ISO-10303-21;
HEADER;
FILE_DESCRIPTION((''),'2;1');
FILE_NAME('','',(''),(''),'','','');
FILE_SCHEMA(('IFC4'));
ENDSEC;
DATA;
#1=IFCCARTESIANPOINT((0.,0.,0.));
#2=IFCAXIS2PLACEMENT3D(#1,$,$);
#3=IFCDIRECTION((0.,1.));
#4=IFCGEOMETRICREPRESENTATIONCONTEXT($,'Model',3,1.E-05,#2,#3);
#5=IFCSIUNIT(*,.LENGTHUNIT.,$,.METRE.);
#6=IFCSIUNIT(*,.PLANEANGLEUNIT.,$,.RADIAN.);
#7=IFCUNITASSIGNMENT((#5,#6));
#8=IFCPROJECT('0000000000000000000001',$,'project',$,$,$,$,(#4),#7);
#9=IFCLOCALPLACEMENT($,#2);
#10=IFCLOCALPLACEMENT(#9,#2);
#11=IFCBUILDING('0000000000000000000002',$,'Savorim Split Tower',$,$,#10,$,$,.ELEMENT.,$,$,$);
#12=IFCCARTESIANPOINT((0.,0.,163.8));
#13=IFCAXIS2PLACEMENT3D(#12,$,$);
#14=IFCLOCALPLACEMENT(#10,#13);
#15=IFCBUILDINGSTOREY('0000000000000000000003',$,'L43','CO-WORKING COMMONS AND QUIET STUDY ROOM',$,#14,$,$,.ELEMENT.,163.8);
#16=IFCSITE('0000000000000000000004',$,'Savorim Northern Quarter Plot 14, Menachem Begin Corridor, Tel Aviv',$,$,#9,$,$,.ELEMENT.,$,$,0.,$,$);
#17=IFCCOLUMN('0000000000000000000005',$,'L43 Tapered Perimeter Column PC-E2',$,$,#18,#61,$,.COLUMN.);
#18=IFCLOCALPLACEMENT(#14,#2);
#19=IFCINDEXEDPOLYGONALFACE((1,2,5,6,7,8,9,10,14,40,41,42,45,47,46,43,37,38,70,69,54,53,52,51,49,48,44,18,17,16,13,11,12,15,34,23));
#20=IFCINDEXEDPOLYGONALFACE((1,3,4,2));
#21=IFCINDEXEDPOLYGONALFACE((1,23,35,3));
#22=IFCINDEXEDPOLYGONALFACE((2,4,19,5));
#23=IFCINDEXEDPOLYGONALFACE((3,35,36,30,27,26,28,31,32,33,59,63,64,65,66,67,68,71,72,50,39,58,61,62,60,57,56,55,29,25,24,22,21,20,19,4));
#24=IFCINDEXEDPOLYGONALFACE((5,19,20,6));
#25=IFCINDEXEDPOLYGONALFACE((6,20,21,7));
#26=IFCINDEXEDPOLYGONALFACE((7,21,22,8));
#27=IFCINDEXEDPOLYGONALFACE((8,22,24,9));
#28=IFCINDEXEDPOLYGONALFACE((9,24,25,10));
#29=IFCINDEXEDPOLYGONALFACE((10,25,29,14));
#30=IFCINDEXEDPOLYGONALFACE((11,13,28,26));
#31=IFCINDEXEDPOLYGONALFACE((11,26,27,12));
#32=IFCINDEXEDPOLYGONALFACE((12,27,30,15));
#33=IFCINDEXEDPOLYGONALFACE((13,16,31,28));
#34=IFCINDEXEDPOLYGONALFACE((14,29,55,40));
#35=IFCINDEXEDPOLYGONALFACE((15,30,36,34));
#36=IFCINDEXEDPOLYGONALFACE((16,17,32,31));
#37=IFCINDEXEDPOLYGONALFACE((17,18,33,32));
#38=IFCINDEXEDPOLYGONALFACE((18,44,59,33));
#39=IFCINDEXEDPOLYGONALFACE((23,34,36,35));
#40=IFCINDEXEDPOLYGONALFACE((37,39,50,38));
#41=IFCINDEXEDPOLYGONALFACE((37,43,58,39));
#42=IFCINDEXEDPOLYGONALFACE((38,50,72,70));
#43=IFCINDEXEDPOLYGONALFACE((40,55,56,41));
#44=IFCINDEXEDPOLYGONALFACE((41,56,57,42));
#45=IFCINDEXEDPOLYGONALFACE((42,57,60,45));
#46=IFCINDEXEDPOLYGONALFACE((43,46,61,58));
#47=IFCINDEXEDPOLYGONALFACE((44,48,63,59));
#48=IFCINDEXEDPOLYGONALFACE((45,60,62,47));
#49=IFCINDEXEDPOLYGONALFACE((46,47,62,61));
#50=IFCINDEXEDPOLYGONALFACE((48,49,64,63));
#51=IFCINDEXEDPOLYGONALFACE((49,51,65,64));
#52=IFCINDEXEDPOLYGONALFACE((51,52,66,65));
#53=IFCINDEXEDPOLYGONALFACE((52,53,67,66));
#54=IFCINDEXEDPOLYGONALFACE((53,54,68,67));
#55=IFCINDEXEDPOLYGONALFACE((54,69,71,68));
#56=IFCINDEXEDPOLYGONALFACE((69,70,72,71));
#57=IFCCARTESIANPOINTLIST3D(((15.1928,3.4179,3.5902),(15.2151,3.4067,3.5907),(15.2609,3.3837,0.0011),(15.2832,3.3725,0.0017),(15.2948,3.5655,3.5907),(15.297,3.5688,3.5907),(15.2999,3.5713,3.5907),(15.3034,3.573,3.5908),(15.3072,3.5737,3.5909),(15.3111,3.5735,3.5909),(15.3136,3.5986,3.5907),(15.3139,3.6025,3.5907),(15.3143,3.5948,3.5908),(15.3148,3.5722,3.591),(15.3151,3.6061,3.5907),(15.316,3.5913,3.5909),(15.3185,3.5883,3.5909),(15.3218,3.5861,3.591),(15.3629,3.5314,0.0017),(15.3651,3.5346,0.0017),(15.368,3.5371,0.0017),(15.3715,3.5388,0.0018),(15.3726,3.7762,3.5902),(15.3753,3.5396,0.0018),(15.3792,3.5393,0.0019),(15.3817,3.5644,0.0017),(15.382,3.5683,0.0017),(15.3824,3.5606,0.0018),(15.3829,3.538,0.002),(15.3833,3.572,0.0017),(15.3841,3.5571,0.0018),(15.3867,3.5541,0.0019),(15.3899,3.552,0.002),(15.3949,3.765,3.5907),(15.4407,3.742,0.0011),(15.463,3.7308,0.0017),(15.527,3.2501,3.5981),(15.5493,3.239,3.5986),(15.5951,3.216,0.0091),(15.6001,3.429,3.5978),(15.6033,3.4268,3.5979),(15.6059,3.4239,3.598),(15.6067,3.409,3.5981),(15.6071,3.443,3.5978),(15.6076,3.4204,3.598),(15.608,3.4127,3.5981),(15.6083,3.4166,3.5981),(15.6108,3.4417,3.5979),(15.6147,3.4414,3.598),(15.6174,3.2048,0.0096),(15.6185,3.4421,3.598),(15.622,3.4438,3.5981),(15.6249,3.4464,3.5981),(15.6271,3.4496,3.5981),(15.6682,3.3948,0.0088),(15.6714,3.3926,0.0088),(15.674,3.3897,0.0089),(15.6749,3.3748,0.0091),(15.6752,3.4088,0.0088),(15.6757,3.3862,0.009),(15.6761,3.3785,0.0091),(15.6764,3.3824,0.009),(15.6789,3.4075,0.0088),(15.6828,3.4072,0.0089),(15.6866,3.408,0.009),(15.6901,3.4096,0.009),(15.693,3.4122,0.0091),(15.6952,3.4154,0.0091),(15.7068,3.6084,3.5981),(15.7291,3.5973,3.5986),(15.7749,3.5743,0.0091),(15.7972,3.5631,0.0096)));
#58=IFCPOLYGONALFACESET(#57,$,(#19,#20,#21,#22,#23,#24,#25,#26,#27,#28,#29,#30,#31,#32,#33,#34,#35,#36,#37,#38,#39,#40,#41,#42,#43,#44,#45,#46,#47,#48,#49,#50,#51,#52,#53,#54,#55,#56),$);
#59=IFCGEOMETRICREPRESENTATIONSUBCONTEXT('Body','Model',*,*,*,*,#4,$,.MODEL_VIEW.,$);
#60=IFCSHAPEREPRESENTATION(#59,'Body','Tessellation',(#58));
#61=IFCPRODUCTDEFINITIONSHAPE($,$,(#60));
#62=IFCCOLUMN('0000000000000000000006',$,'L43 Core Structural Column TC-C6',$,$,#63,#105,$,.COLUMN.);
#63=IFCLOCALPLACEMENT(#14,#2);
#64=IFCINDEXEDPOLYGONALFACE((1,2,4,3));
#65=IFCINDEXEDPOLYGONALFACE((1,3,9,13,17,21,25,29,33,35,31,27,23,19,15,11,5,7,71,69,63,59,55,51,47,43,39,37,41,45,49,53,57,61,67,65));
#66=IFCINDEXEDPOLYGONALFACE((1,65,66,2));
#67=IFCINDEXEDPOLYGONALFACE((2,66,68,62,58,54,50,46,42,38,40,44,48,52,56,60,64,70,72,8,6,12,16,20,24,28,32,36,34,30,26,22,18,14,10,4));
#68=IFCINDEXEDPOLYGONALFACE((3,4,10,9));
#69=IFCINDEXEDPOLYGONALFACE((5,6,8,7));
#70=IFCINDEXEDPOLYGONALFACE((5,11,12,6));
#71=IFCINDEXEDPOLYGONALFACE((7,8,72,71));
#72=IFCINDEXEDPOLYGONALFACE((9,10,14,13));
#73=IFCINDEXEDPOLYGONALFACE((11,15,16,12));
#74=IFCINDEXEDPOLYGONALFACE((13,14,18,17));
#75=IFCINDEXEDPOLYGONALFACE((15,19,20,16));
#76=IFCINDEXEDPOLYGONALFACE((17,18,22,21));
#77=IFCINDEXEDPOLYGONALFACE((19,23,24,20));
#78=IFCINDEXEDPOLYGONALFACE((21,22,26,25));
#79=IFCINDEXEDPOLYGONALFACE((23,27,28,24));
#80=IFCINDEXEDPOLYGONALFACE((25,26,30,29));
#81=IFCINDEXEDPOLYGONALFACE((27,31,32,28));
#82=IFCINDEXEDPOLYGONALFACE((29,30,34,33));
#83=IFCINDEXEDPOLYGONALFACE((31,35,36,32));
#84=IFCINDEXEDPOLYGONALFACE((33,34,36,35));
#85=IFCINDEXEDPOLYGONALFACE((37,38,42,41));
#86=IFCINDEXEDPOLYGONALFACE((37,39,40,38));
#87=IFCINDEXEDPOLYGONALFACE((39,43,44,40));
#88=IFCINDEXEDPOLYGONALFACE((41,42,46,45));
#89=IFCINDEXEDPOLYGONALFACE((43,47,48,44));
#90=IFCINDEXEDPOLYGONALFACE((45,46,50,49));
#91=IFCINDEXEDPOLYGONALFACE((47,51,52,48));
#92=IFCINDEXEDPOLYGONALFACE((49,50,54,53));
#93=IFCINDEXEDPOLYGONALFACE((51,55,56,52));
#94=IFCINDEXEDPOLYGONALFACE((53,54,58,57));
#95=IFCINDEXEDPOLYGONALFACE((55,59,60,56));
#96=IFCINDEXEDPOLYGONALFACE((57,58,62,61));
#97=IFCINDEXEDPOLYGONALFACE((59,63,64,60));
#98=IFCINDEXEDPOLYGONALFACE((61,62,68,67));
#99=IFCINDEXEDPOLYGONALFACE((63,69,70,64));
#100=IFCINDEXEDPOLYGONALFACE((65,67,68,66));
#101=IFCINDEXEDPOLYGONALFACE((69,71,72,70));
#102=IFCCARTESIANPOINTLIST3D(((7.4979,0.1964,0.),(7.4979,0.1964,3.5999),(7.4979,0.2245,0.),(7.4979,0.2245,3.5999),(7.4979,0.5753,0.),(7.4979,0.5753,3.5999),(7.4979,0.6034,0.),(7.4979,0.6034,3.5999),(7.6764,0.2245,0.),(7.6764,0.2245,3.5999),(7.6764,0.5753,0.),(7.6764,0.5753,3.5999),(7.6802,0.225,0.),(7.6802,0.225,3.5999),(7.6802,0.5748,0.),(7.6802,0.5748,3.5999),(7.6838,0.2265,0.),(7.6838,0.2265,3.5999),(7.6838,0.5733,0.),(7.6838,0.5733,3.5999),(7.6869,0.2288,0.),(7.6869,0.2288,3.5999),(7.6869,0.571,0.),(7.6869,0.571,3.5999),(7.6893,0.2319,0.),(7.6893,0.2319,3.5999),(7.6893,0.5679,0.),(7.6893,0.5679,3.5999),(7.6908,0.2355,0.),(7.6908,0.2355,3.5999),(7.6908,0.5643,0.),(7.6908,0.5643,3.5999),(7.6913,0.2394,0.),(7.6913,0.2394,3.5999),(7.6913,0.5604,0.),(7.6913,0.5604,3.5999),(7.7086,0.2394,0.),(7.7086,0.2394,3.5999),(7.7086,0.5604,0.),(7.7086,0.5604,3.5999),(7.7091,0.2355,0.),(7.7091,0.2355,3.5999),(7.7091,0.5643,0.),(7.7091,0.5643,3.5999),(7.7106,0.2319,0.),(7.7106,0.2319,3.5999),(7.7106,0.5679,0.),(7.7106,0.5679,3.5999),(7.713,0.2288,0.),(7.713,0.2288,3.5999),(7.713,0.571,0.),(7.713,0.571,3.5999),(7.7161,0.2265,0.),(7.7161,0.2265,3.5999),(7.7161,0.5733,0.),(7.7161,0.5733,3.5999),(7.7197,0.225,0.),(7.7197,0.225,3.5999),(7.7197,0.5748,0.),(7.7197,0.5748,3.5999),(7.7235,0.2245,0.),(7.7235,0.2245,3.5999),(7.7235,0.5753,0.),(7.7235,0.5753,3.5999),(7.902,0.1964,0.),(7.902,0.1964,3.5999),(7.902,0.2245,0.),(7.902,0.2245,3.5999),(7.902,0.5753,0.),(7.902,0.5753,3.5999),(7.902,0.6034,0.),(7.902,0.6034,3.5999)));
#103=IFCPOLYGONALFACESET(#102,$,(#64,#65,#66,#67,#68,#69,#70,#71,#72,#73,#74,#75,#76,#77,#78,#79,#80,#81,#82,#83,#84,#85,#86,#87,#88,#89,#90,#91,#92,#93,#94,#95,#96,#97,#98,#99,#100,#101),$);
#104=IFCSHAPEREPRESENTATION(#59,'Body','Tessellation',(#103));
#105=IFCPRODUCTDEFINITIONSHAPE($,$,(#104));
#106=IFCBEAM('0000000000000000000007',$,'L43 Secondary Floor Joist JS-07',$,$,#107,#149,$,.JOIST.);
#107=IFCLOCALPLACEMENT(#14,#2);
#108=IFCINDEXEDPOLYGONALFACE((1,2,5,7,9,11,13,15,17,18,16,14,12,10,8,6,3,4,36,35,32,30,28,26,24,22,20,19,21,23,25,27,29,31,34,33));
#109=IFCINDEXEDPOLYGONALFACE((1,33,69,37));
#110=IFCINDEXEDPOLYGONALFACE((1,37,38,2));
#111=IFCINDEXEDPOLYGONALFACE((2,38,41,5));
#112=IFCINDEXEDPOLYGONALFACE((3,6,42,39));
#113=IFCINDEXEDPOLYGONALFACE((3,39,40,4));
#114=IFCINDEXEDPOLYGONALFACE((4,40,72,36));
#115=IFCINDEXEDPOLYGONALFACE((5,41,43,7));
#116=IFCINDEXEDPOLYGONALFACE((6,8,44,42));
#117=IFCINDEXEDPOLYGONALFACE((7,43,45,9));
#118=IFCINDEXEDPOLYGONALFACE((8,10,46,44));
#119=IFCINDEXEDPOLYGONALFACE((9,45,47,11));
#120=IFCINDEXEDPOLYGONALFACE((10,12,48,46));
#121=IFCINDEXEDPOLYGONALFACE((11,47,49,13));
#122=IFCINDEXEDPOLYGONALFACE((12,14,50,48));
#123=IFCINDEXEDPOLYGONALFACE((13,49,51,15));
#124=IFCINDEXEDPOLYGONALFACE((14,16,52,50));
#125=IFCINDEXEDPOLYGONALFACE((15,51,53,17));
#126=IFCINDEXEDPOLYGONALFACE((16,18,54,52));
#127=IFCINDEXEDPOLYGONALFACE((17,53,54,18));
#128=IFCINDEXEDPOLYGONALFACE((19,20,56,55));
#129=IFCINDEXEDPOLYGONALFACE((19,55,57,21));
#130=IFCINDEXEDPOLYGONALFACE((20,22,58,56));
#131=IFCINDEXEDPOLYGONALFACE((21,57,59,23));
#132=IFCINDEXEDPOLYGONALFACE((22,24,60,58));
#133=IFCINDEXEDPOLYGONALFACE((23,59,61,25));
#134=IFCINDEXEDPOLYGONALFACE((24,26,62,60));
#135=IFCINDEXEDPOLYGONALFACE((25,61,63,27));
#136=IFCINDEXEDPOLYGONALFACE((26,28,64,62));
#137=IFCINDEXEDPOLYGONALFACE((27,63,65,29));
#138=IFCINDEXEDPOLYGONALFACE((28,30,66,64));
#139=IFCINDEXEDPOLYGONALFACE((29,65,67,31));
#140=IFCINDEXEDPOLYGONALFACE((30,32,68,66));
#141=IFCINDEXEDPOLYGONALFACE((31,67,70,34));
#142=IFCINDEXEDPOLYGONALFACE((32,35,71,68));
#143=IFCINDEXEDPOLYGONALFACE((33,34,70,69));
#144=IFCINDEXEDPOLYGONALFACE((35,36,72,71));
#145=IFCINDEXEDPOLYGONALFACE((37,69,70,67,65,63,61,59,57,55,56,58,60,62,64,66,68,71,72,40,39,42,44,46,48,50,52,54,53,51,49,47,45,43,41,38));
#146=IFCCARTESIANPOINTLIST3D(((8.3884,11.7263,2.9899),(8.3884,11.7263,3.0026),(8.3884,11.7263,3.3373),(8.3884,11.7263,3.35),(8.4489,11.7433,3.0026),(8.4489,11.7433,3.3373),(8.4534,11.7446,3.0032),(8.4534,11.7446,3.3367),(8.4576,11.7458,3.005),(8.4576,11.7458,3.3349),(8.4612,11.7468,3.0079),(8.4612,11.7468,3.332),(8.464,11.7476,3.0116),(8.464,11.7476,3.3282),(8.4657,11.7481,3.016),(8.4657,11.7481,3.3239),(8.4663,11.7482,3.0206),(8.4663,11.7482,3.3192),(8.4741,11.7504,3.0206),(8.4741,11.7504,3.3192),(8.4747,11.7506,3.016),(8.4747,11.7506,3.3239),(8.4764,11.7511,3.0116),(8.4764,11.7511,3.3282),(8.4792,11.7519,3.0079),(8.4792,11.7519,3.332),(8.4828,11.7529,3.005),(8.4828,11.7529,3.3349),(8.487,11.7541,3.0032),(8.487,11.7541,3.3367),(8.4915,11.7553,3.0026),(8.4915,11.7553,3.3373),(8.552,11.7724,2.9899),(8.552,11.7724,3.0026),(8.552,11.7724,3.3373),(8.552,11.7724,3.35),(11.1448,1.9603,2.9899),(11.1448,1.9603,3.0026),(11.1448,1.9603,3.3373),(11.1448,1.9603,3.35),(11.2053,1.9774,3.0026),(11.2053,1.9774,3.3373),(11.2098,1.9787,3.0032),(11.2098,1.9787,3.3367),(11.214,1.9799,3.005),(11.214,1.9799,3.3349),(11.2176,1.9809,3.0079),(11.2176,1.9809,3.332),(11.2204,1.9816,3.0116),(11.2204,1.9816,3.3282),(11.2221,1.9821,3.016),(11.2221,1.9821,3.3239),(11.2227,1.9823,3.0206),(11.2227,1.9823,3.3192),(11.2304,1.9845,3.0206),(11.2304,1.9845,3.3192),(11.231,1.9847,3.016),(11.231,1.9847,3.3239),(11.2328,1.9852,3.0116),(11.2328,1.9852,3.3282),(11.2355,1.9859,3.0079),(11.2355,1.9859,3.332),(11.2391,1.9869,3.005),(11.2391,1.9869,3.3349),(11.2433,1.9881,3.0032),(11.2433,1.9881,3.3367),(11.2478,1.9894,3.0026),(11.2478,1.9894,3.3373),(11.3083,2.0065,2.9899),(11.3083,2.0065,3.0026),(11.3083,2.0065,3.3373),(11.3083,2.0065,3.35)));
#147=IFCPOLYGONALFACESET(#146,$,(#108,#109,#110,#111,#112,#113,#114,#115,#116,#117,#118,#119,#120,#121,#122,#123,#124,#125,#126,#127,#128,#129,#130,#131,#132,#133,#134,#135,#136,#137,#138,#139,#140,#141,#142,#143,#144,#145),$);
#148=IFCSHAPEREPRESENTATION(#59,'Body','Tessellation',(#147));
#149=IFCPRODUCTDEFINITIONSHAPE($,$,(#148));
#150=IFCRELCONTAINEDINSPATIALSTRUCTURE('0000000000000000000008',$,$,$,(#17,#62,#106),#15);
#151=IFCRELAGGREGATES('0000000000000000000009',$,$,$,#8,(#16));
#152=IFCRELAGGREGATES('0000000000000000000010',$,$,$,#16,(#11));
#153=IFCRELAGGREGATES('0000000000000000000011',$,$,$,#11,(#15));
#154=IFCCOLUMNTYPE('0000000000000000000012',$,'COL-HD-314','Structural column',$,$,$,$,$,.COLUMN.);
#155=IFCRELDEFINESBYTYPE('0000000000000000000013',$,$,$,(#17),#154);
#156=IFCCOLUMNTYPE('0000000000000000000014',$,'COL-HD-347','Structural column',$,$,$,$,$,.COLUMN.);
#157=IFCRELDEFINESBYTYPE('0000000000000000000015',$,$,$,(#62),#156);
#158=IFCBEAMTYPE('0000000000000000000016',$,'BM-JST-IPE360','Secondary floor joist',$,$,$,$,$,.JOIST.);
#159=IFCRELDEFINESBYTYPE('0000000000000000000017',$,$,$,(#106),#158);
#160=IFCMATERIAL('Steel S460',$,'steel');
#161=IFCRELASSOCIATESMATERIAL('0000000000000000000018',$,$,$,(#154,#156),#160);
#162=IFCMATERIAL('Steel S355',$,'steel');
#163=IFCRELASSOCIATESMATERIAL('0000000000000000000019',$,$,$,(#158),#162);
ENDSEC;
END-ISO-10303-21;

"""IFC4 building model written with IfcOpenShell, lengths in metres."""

from ifc_helpers import new_model, si_unit, direction, frame, origin, origin_2d, place, context, subcontext, project, spatial, i_section, extrude, material, material_profile, profile_set, type_object, element, save


model = new_model("IFC4")

# Units and contexts
model_context = context("Model", 3, precision=1e-05, world=origin(), true_north=direction((0.0, 1.0)))
body_context = subcontext(model_context, "Body", "Model", "MODEL_VIEW")
ifc_project = project(units=[si_unit("LENGTHUNIT", "METRE"), si_unit("PLANEANGLEUNIT", "RADIAN")], contexts=[model_context])

# Site, building, storey
site_placement = place(None, origin())
site = spatial("IfcSite", under=ifc_project, at=site_placement, Name="Savorim Northern Quarter Plot 14, Menachem Begin Corridor, Tel Aviv", CompositionType="ELEMENT", RefElevation=0.0)
building_placement = place(site_placement, origin())
building = spatial("IfcBuilding", under=site, at=building_placement, Name="Savorim Split Tower", CompositionType="ELEMENT")
storey_placement = place(building_placement, frame((0.0, 0.0, 163.8)))
storey = spatial("IfcBuildingStorey", under=building, at=storey_placement, Name="L43", Description="CO-WORKING COMMONS AND QUIET STUDY ROOM", CompositionType="ELEMENT", Elevation=163.8)

# Columns
ifc_material_1 = material(Name="Steel S460", Category="steel")
ifc_material_profile_1 = material_profile(ifc_material_1, i_section(OverallWidth=0.4009, OverallDepth=0.3989, WebThickness=0.0156, FlangeThickness=0.0249, FilletRadius=0.0149, at=origin_2d()), Name="HD 400x314")
ifc_profile_set_1 = profile_set([ifc_material_profile_1], Name="Steel S460")
column_type_1 = type_object("IfcColumnType", Name="COL-HD-314", Description="Structural column", PredefinedType="COLUMN", material=ifc_profile_set_1)
column_1_placement = place(storey_placement, frame((15.5291, 3.4734, 0.0054), z_axis=(-0.018974, 0.009521, 0.999775), x_axis=(-0.448495, -0.893786, 0.0)))
element("IfcColumn", 1, at=column_1_placement, inside=storey, type_object=column_type_1, Name="L43 Tapered Perimeter Column PC-E2", PredefinedType="COLUMN", context=body_context, shape_type="SweptSolid", body=[
    extrude(i_section(OverallWidth=0.4009, OverallDepth=0.3989, WebThickness=0.0156, FlangeThickness=0.0249, FilletRadius=0.0149, at=origin_2d()), origin(), (0.0, 0.0, 1.0), 3.5898),
])
ifc_material_profile_2 = material_profile(ifc_material_1, i_section(OverallWidth=0.4041, OverallDepth=0.407, WebThickness=0.0173, FlangeThickness=0.0281, FilletRadius=0.0149, at=origin_2d()), Name="HD 400x347")
ifc_profile_set_2 = profile_set([ifc_material_profile_2], Name="Steel S460")
column_type_2 = type_object("IfcColumnType", Name="COL-HD-347", Description="Structural column", PredefinedType="COLUMN", material=ifc_profile_set_2)
column_2_placement = place(storey_placement, frame((7.7, 0.3999, 0.0), z_axis=(0.0, 0.0, 1.0), x_axis=(1.0, 0.0, 0.0)))
element("IfcColumn", 2, at=column_2_placement, inside=storey, type_object=column_type_2, Name="L43 Core Structural Column TC-C6", PredefinedType="COLUMN", context=body_context, shape_type="SweptSolid", body=[
    extrude(i_section(OverallWidth=0.4041, OverallDepth=0.407, WebThickness=0.0173, FlangeThickness=0.0281, FilletRadius=0.0149, at=origin_2d()), origin(), (0.0, 0.0, 1.0), 3.5999),
])

# Beam
ifc_material_2 = material(Name="Steel S355", Category="steel")
ifc_material_profile_3 = material_profile(ifc_material_2, i_section(OverallWidth=0.1699, OverallDepth=0.3601, WebThickness=0.0081, FlangeThickness=0.0127, FilletRadius=0.0181, at=origin_2d()), Name="IPE 360")
ifc_profile_set_3 = profile_set([ifc_material_profile_3], Name="Steel S355")
beam_type_1 = type_object("IfcBeamType", Name="BM-JST-IPE360", Description="Secondary floor joist", PredefinedType="JOIST", material=ifc_profile_set_3)
beam_1_placement = place(storey_placement, frame((11.2266, 1.9834, 3.1699), z_axis=(-0.271631, 0.962401, 0.0), x_axis=(-0.962401, -0.271631, 0.0)))
element("IfcBeam", 3, at=beam_1_placement, inside=storey, type_object=beam_type_1, Name="L43 Secondary Floor Joist JS-07", PredefinedType="JOIST", context=body_context, shape_type="SweptSolid", body=[
    extrude(i_section(OverallWidth=0.1699, OverallDepth=0.3601, WebThickness=0.0081, FlangeThickness=0.0127, FilletRadius=0.0181, at=origin_2d()), origin(), (0.0, 0.0, 1.0), 10.1475),
])

save(model, "model.ifc")
